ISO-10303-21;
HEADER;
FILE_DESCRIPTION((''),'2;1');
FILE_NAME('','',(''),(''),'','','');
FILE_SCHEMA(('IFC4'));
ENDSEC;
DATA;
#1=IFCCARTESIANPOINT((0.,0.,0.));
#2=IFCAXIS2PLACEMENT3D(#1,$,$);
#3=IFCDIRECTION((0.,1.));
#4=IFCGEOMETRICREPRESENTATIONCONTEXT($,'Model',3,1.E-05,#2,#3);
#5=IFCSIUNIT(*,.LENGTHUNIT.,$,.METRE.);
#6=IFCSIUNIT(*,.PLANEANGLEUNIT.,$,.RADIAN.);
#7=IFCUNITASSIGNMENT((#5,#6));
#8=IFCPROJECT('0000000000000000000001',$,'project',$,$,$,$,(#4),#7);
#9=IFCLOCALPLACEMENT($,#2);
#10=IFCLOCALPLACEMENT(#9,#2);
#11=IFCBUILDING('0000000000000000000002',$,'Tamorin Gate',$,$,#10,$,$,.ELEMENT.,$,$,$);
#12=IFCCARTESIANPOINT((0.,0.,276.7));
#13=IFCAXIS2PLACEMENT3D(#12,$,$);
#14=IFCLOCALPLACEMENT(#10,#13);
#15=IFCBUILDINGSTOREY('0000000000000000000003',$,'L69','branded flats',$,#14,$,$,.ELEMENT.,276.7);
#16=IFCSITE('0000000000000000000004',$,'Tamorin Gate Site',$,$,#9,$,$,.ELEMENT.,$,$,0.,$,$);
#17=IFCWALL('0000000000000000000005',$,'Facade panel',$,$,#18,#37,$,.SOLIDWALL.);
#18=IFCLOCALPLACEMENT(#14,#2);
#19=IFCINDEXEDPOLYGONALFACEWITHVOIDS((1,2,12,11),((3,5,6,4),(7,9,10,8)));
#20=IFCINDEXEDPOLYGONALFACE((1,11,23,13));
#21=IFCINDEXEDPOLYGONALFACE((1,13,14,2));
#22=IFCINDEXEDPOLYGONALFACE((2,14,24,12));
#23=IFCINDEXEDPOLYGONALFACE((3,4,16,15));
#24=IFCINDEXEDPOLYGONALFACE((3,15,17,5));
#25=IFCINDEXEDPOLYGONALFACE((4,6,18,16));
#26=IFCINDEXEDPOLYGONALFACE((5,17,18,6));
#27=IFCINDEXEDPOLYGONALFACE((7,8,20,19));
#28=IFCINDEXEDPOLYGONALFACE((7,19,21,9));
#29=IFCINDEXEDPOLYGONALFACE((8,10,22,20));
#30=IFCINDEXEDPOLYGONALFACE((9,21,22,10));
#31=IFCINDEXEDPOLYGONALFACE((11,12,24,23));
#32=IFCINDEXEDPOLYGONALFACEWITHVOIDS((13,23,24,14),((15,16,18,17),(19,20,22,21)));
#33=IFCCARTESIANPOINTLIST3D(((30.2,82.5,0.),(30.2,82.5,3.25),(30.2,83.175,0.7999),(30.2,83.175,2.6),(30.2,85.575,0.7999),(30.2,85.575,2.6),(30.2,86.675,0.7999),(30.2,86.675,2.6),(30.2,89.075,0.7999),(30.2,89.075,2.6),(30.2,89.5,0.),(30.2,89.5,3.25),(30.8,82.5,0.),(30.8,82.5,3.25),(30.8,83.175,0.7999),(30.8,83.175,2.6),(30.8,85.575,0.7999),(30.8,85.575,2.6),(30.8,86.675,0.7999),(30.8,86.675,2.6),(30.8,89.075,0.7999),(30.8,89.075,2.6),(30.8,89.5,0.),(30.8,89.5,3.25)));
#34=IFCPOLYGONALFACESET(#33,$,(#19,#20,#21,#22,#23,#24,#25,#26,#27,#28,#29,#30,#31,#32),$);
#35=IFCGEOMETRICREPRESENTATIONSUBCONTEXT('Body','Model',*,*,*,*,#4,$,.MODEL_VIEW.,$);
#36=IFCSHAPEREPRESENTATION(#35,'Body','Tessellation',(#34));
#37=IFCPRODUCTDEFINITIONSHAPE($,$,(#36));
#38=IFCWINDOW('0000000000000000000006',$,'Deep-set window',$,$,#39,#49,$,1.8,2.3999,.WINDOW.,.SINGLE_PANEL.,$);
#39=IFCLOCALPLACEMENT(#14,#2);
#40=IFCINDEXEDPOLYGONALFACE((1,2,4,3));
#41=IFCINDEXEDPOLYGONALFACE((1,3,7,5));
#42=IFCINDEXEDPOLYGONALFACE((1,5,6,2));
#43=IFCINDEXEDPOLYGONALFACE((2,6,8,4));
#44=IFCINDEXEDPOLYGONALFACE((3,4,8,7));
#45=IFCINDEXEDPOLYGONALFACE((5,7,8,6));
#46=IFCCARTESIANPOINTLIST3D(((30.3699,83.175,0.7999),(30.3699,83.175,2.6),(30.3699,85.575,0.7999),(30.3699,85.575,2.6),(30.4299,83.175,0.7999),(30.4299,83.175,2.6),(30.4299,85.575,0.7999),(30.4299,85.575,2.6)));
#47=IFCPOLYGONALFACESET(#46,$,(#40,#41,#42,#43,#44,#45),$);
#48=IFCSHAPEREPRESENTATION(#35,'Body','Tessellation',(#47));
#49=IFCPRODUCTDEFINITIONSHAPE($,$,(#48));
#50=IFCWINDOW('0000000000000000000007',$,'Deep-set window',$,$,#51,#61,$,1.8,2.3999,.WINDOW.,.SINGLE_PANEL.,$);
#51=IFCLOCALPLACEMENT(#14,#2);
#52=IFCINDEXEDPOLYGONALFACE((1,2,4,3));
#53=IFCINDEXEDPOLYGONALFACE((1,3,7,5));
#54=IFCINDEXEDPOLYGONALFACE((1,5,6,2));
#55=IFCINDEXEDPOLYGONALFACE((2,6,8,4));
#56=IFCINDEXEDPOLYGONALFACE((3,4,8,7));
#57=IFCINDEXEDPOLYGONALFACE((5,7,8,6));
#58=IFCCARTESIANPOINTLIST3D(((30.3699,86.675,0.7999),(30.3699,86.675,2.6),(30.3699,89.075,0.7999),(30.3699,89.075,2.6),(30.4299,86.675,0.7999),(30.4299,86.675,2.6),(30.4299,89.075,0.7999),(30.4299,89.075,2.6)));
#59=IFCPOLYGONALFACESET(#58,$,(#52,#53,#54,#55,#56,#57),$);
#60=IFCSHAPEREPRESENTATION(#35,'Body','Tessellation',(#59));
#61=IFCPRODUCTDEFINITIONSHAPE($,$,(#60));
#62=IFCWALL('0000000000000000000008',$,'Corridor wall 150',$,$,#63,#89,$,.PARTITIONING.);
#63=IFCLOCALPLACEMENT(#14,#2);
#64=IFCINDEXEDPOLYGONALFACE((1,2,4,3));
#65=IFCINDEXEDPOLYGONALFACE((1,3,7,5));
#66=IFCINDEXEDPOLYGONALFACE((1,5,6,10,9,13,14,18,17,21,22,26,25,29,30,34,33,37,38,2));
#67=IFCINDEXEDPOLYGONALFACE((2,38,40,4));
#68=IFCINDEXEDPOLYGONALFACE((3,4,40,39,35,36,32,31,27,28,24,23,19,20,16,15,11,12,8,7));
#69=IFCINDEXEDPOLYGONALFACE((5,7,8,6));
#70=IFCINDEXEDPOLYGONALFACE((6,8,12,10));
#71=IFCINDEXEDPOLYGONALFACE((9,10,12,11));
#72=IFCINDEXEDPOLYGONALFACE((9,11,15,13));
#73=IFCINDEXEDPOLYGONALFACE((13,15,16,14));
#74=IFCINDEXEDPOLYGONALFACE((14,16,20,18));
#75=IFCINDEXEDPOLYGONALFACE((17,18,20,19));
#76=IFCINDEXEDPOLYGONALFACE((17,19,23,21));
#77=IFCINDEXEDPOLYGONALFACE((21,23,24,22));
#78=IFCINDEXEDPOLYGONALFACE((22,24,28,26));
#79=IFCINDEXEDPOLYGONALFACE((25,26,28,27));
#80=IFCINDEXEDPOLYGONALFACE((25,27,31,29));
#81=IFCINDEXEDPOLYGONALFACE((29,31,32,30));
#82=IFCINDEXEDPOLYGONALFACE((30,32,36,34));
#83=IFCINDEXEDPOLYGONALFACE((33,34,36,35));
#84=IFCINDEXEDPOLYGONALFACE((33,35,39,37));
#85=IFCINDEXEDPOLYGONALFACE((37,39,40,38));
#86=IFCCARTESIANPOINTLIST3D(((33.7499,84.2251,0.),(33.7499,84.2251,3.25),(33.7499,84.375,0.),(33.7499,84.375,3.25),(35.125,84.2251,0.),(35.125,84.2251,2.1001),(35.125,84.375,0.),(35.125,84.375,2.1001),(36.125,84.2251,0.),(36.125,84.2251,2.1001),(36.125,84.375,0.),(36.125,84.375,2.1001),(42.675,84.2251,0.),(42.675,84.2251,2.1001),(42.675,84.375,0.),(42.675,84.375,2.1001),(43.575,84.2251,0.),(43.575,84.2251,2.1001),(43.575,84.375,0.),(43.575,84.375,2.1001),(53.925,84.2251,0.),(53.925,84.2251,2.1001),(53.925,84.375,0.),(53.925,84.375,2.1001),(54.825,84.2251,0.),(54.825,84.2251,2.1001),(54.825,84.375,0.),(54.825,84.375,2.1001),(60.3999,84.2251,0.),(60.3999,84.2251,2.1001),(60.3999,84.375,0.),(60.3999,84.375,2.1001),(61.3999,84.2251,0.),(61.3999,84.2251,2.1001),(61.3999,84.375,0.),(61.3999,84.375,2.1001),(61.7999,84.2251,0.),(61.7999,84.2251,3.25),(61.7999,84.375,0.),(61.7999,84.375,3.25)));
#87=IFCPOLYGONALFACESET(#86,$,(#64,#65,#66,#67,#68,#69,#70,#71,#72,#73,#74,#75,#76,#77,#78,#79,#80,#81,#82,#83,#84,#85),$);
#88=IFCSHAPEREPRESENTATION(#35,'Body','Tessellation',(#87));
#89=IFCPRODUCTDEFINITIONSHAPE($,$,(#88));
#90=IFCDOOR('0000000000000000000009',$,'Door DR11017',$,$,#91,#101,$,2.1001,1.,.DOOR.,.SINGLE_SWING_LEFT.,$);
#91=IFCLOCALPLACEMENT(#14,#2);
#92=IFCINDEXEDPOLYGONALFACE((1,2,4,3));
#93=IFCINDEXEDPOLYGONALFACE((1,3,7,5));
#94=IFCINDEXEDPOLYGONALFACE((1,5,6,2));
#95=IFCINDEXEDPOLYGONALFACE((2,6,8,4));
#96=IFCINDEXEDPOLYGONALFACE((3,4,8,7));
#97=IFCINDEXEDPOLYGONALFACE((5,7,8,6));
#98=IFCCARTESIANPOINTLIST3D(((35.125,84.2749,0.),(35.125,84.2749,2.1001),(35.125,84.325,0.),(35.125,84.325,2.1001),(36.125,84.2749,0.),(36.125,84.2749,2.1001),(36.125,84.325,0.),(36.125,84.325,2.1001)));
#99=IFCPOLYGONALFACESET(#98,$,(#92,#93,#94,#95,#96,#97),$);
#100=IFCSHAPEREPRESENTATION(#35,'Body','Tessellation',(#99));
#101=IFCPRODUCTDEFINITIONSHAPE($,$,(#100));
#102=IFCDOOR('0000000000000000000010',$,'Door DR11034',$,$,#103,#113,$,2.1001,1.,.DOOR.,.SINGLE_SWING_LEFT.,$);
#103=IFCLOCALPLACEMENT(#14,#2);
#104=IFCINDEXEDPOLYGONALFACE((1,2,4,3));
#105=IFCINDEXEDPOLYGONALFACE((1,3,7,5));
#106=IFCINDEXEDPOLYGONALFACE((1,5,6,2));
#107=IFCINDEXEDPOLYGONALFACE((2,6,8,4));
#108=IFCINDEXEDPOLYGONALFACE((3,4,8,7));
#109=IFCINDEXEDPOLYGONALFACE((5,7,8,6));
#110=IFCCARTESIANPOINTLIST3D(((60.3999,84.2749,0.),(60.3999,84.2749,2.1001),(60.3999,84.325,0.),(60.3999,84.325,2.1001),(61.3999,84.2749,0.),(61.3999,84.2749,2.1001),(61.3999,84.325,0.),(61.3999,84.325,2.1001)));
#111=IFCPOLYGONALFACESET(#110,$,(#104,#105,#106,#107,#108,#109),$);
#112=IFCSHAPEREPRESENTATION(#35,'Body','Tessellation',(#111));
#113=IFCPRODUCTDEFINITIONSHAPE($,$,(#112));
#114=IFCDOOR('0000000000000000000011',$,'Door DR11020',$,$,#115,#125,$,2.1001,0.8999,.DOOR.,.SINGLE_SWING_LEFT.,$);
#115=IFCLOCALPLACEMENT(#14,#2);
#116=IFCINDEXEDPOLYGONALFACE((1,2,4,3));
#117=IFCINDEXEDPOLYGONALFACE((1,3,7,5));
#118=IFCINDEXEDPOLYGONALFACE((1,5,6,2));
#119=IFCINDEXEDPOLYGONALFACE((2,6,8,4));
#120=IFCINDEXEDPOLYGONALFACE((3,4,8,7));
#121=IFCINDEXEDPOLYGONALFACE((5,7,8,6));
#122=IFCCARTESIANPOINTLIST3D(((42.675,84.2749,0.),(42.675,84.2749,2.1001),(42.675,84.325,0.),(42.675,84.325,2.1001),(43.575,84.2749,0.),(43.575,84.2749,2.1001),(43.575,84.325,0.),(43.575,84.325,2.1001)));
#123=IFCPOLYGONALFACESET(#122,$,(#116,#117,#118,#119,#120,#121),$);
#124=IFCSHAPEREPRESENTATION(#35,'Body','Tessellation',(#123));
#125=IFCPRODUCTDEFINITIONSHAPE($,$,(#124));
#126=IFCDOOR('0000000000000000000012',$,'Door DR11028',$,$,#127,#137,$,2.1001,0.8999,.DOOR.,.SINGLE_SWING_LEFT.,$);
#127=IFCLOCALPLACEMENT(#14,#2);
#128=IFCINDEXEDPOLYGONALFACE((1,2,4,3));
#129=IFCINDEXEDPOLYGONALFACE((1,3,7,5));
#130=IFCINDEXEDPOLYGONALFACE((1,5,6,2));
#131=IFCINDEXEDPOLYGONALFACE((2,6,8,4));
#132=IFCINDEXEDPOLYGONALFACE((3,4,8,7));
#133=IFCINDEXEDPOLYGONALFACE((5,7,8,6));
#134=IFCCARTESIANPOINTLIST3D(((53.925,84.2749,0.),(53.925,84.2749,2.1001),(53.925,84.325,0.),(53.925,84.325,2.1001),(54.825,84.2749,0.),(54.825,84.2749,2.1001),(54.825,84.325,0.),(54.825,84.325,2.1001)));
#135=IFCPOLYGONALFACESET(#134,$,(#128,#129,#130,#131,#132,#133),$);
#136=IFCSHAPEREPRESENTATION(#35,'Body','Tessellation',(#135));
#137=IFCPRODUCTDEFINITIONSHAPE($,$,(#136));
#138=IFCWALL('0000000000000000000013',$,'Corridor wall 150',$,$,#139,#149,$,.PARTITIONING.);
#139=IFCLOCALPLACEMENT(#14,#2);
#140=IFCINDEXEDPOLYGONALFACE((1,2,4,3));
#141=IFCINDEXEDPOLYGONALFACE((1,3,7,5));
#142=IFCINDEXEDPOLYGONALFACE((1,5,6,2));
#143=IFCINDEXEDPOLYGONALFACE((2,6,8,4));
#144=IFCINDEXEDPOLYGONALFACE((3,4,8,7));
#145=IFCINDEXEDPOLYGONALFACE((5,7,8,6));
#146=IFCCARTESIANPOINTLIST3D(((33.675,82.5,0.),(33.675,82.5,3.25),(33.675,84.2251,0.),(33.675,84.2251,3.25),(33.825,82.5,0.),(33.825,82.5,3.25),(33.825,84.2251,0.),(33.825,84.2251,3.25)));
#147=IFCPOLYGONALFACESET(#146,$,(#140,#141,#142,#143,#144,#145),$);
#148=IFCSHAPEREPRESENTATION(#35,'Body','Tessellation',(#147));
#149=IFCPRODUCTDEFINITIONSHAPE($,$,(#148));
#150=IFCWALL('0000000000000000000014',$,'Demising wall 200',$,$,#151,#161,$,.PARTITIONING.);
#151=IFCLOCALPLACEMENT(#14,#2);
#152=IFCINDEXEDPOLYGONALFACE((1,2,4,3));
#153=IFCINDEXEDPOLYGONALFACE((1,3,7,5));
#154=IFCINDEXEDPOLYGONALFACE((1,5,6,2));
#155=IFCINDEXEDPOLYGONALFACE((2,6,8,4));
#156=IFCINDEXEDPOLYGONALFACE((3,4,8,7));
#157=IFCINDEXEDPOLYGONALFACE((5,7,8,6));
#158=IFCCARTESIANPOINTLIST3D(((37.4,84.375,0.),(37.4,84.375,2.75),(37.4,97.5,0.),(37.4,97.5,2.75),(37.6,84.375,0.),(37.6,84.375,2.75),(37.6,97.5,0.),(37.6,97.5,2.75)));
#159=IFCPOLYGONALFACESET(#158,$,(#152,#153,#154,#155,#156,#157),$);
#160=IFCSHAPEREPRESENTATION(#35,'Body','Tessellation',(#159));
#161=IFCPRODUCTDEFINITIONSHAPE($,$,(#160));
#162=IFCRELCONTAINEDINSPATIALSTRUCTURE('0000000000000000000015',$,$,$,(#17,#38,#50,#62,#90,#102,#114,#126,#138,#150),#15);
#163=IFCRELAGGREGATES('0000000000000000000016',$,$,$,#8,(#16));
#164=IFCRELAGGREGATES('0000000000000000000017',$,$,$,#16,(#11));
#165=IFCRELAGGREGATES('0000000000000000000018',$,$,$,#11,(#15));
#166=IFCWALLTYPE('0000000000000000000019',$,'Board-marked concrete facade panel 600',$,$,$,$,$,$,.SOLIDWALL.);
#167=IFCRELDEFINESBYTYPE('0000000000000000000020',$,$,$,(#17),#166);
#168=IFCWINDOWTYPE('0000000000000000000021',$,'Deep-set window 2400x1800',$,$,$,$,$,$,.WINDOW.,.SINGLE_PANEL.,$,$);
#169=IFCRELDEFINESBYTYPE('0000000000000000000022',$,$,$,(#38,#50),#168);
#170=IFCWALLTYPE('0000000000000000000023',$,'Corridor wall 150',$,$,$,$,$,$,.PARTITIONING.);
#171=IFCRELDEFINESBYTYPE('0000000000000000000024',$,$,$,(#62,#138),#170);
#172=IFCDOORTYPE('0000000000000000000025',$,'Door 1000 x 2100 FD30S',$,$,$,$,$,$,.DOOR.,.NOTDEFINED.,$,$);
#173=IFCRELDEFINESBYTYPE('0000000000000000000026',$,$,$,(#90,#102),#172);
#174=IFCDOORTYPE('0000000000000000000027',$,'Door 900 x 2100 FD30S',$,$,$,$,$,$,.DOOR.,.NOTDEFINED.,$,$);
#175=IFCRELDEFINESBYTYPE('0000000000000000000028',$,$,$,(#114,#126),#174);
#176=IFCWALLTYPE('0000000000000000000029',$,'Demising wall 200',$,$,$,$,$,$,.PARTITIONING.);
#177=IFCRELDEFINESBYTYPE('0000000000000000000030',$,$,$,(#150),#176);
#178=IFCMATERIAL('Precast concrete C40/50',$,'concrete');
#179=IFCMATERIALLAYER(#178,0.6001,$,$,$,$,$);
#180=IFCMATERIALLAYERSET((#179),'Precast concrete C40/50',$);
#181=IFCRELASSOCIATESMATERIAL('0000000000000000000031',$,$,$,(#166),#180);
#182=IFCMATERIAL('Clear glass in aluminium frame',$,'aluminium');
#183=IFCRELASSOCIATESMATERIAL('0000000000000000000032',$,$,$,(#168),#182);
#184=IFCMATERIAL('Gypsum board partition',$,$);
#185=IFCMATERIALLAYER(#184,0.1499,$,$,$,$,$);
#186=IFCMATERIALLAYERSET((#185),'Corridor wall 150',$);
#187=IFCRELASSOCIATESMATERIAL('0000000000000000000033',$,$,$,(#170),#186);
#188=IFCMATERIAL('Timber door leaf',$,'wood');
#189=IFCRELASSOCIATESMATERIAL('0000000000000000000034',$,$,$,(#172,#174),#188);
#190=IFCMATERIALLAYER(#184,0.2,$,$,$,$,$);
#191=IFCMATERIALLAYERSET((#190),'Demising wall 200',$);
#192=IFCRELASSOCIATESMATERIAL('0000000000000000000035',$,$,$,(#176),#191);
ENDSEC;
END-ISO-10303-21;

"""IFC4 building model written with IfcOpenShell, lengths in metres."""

from ifc_helpers import new_model, si_unit, direction, frame, frame_2d, origin, place, context, subcontext, project, spatial, rectangle, extrude, material, layer, layer_set, type_object, element, fill, save


model = new_model("IFC4")

# Units and contexts
model_context = context("Model", 3, precision=1e-05, world=origin(), true_north=direction((0.0, 1.0)))
body_context = subcontext(model_context, "Body", "Model", "MODEL_VIEW")
ifc_project = project(units=[si_unit("LENGTHUNIT", "METRE"), si_unit("PLANEANGLEUNIT", "RADIAN")], contexts=[model_context])

# Site, building, storey
site_placement = place(None, origin())
site = spatial("IfcSite", under=ifc_project, at=site_placement, Name="Tamorin Gate Site", CompositionType="ELEMENT", RefElevation=0.0)
building_placement = place(site_placement, origin())
building = spatial("IfcBuilding", under=site, at=building_placement, Name="Tamorin Gate", CompositionType="ELEMENT")
storey_placement = place(building_placement, frame((0.0, 0.0, 276.7)))
storey = spatial("IfcBuildingStorey", under=building, at=storey_placement, Name="L69", Description="branded flats", CompositionType="ELEMENT", Elevation=276.7)

# Shared definitions
ifc_material_1 = material(Name="Precast concrete C40/50", Category="concrete")
ifc_layer_1 = layer(ifc_material_1, 0.6001)
ifc_layer_set_1 = layer_set([ifc_layer_1], Name="Precast concrete C40/50")
wall_type_1 = type_object("IfcWallType", Name="Board-marked concrete facade panel 600", PredefinedType="SOLIDWALL", material=ifc_layer_set_1)

# Shared definitions
ifc_material_2 = material(Name="Clear glass in aluminium frame", Category="aluminium")
window_type_1 = type_object("IfcWindowType", Name="Deep-set window 2400x1800", PartitioningType="SINGLE_PANEL", PredefinedType="WINDOW", material=ifc_material_2)

# Wall, openings, windows
wall_1_placement = place(storey_placement, frame((30.5, 89.5, 0.0), z_axis=(0.0, 0.0, 1.0), x_axis=(0.0, -1.0, 0.0)))
wall_1 = element("IfcWall", 1, at=wall_1_placement, inside=storey, type_object=wall_type_1, Name="Facade panel", PredefinedType="SOLIDWALL", context=body_context, shape_type="SweptSolid", body=[
    extrude(rectangle(XDim=7.0, YDim=0.6001, at=frame_2d((3.5, 0.0))), origin(), (0.0, 0.0, 1.0), 3.25),
])
opening_1_placement = place(wall_1_placement, frame((3.925, 0.0, 0.8)))
opening_1 = element("IfcOpeningElement", 2, at=opening_1_placement, cuts=wall_1, PredefinedType="OPENING", context=body_context, shape_type="SweptSolid", body=[
    extrude(rectangle(XDim=2.3999, YDim=1.8, at=frame_2d((1.2, 0.8999))), frame((0.0, 0.3101, 0.0), z_axis=(0.0, -1.0, 0.0), x_axis=(1.0, 0.0, 0.0)), (0.0, 0.0, 1.0), 0.6201),
])
opening_2_placement = place(wall_1_placement, frame((0.425, 0.0, 0.8)))
opening_2 = element("IfcOpeningElement", 3, at=opening_2_placement, cuts=wall_1, PredefinedType="OPENING", context=body_context, shape_type="SweptSolid", body=[
    extrude(rectangle(XDim=2.3999, YDim=1.8, at=frame_2d((1.2, 0.8999))), frame((0.0, 0.3101, 0.0), z_axis=(0.0, -1.0, 0.0), x_axis=(1.0, 0.0, 0.0)), (0.0, 0.0, 1.0), 0.6201),
])
window_1_placement = place(opening_1_placement, origin())
window_1 = element("IfcWindow", 4, at=window_1_placement, inside=storey, type_object=window_type_1, Name="Deep-set window", OverallHeight=1.8, OverallWidth=2.3999, PartitioningType="SINGLE_PANEL", PredefinedType="WINDOW", context=body_context, shape_type="SweptSolid", body=[
    extrude(rectangle(XDim=2.3999, YDim=1.8, at=frame_2d((1.2, 0.8999))), frame((0.0, -0.0701, 0.0), z_axis=(0.0, -1.0, 0.0), x_axis=(1.0, 0.0, 0.0)), (0.0, 0.0, 1.0), 0.0601),
])
fill(opening_1, window_1)
window_2_placement = place(opening_2_placement, origin())
window_2 = element("IfcWindow", 5, at=window_2_placement, inside=storey, type_object=window_type_1, Name="Deep-set window", OverallHeight=1.8, OverallWidth=2.3999, PartitioningType="SINGLE_PANEL", PredefinedType="WINDOW", context=body_context, shape_type="SweptSolid", body=[
    extrude(rectangle(XDim=2.3999, YDim=1.8, at=frame_2d((1.2, 0.8999))), frame((0.0, -0.0701, 0.0), z_axis=(0.0, -1.0, 0.0), x_axis=(1.0, 0.0, 0.0)), (0.0, 0.0, 1.0), 0.0601),
])
fill(opening_2, window_2)

# Wall, openings, doors
ifc_material_3 = material(Name="Gypsum board partition")
ifc_layer_2 = layer(ifc_material_3, 0.1499)
ifc_layer_set_2 = layer_set([ifc_layer_2], Name="Corridor wall 150")
wall_type_2 = type_object("IfcWallType", Name="Corridor wall 150", PredefinedType="PARTITIONING", material=ifc_layer_set_2)
wall_2_placement = place(storey_placement, frame((33.75, 84.3, 0.0), z_axis=(0.0, 0.0, 1.0), x_axis=(1.0, 0.0, 0.0)))
wall_2 = element("IfcWall", 6, at=wall_2_placement, inside=storey, type_object=wall_type_2, Name="Corridor wall 150", PredefinedType="PARTITIONING", context=body_context, shape_type="SweptSolid", body=[
    extrude(rectangle(XDim=28.05, YDim=0.1499, at=frame_2d((14.0249, 0.0))), origin(), (0.0, 0.0, 1.0), 3.25),
])
opening_3_placement = place(wall_2_placement, frame((1.375, 0.0, 0.0)))
opening_3 = element("IfcOpeningElement", 7, at=opening_3_placement, cuts=wall_2, PredefinedType="OPENING", context=body_context, shape_type="SweptSolid", body=[
    extrude(rectangle(XDim=1.0, YDim=2.1001, at=frame_2d((0.5, 1.05))), frame((0.0, 0.085, 0.0), z_axis=(0.0, -1.0, 0.0), x_axis=(1.0, 0.0, 0.0)), (0.0, 0.0, 1.0), 0.1699),
])
opening_4_placement = place(wall_2_placement, frame((8.925, 0.0, 0.0)))
opening_4 = element("IfcOpeningElement", 8, at=opening_4_placement, cuts=wall_2, PredefinedType="OPENING", context=body_context, shape_type="SweptSolid", body=[
    extrude(rectangle(XDim=0.8999, YDim=2.1001, at=frame_2d((0.45, 1.05))), frame((0.0, 0.085, 0.0), z_axis=(0.0, -1.0, 0.0), x_axis=(1.0, 0.0, 0.0)), (0.0, 0.0, 1.0), 0.1699),
])
opening_5_placement = place(wall_2_placement, frame((20.175, 0.0, 0.0)))
opening_5 = element("IfcOpeningElement", 9, at=opening_5_placement, cuts=wall_2, PredefinedType="OPENING", context=body_context, shape_type="SweptSolid", body=[
    extrude(rectangle(XDim=0.8999, YDim=2.1001, at=frame_2d((0.45, 1.05))), frame((0.0, 0.085, 0.0), z_axis=(0.0, -1.0, 0.0), x_axis=(1.0, 0.0, 0.0)), (0.0, 0.0, 1.0), 0.1699),
])
opening_6_placement = place(wall_2_placement, frame((26.6499, 0.0, 0.0)))
opening_6 = element("IfcOpeningElement", 10, at=opening_6_placement, cuts=wall_2, PredefinedType="OPENING", context=body_context, shape_type="SweptSolid", body=[
    extrude(rectangle(XDim=1.0, YDim=2.1001, at=frame_2d((0.5, 1.05))), frame((0.0, 0.085, 0.0), z_axis=(0.0, -1.0, 0.0), x_axis=(1.0, 0.0, 0.0)), (0.0, 0.0, 1.0), 0.1699),
])
ifc_material_4 = material(Name="Timber door leaf", Category="wood")
door_type_1 = type_object("IfcDoorType", Name="Door 1000 x 2100 FD30S", OperationType="NOTDEFINED", PredefinedType="DOOR", material=ifc_material_4)
door_1_placement = place(opening_3_placement, origin())
door_1 = element("IfcDoor", 11, at=door_1_placement, inside=storey, type_object=door_type_1, Name="Door DR11017", OperationType="SINGLE_SWING_LEFT", OverallHeight=2.1001, OverallWidth=1.0, PredefinedType="DOOR", context=body_context, shape_type="SweptSolid", body=[
    extrude(rectangle(XDim=1.0, YDim=2.1001, at=frame_2d((0.5, 1.05))), frame((0.0, 0.0249, 0.0), z_axis=(0.0, -1.0, 0.0), x_axis=(1.0, 0.0, 0.0)), (0.0, 0.0, 1.0), 0.05),
])
fill(opening_3, door_1)
door_2_placement = place(opening_6_placement, origin())
door_2 = element("IfcDoor", 12, at=door_2_placement, inside=storey, type_object=door_type_1, Name="Door DR11034", OperationType="SINGLE_SWING_LEFT", OverallHeight=2.1001, OverallWidth=1.0, PredefinedType="DOOR", context=body_context, shape_type="SweptSolid", body=[
    extrude(rectangle(XDim=1.0, YDim=2.1001, at=frame_2d((0.5, 1.05))), frame((0.0, 0.0249, 0.0), z_axis=(0.0, -1.0, 0.0), x_axis=(1.0, 0.0, 0.0)), (0.0, 0.0, 1.0), 0.05),
])
fill(opening_6, door_2)
door_type_2 = type_object("IfcDoorType", Name="Door 900 x 2100 FD30S", OperationType="NOTDEFINED", PredefinedType="DOOR", material=ifc_material_4)
door_3_placement = place(opening_4_placement, origin())
door_3 = element("IfcDoor", 13, at=door_3_placement, inside=storey, type_object=door_type_2, Name="Door DR11020", OperationType="SINGLE_SWING_LEFT", OverallHeight=2.1001, OverallWidth=0.8999, PredefinedType="DOOR", context=body_context, shape_type="SweptSolid", body=[
    extrude(rectangle(XDim=0.8999, YDim=2.1001, at=frame_2d((0.45, 1.05))), frame((0.0, 0.0249, 0.0), z_axis=(0.0, -1.0, 0.0), x_axis=(1.0, 0.0, 0.0)), (0.0, 0.0, 1.0), 0.05),
])
fill(opening_4, door_3)
door_4_placement = place(opening_5_placement, origin())
door_4 = element("IfcDoor", 14, at=door_4_placement, inside=storey, type_object=door_type_2, Name="Door DR11028", OperationType="SINGLE_SWING_LEFT", OverallHeight=2.1001, OverallWidth=0.8999, PredefinedType="DOOR", context=body_context, shape_type="SweptSolid", body=[
    extrude(rectangle(XDim=0.8999, YDim=2.1001, at=frame_2d((0.45, 1.05))), frame((0.0, 0.0249, 0.0), z_axis=(0.0, -1.0, 0.0), x_axis=(1.0, 0.0, 0.0)), (0.0, 0.0, 1.0), 0.05),
])
fill(opening_5, door_4)

# Walls
wall_3_placement = place(storey_placement, frame((33.75, 82.5, 0.0), z_axis=(0.0, 0.0, 1.0), x_axis=(0.0, 1.0, 0.0)))
element("IfcWall", 15, at=wall_3_placement, inside=storey, type_object=wall_type_2, Name="Corridor wall 150", PredefinedType="PARTITIONING", context=body_context, shape_type="SweptSolid", body=[
    extrude(rectangle(XDim=1.7251, YDim=0.1499, at=frame_2d((0.8625, 0.0))), origin(), (0.0, 0.0, 1.0), 3.25),
])
ifc_layer_3 = layer(ifc_material_3, 0.2)
ifc_layer_set_3 = layer_set([ifc_layer_3], Name="Demising wall 200")
wall_type_3 = type_object("IfcWallType", Name="Demising wall 200", PredefinedType="PARTITIONING", material=ifc_layer_set_3)
wall_4_placement = place(storey_placement, frame((37.5, 84.375, 0.0), z_axis=(0.0, 0.0, 1.0), x_axis=(0.0, 1.0, 0.0)))
element("IfcWall", 16, at=wall_4_placement, inside=storey, type_object=wall_type_3, Name="Demising wall 200", PredefinedType="PARTITIONING", context=body_context, shape_type="SweptSolid", body=[
    extrude(rectangle(XDim=13.125, YDim=0.2, at=frame_2d((6.5625, 0.0))), origin(), (0.0, 0.0, 1.0), 2.75),
])

save(model, "model.ifc")
